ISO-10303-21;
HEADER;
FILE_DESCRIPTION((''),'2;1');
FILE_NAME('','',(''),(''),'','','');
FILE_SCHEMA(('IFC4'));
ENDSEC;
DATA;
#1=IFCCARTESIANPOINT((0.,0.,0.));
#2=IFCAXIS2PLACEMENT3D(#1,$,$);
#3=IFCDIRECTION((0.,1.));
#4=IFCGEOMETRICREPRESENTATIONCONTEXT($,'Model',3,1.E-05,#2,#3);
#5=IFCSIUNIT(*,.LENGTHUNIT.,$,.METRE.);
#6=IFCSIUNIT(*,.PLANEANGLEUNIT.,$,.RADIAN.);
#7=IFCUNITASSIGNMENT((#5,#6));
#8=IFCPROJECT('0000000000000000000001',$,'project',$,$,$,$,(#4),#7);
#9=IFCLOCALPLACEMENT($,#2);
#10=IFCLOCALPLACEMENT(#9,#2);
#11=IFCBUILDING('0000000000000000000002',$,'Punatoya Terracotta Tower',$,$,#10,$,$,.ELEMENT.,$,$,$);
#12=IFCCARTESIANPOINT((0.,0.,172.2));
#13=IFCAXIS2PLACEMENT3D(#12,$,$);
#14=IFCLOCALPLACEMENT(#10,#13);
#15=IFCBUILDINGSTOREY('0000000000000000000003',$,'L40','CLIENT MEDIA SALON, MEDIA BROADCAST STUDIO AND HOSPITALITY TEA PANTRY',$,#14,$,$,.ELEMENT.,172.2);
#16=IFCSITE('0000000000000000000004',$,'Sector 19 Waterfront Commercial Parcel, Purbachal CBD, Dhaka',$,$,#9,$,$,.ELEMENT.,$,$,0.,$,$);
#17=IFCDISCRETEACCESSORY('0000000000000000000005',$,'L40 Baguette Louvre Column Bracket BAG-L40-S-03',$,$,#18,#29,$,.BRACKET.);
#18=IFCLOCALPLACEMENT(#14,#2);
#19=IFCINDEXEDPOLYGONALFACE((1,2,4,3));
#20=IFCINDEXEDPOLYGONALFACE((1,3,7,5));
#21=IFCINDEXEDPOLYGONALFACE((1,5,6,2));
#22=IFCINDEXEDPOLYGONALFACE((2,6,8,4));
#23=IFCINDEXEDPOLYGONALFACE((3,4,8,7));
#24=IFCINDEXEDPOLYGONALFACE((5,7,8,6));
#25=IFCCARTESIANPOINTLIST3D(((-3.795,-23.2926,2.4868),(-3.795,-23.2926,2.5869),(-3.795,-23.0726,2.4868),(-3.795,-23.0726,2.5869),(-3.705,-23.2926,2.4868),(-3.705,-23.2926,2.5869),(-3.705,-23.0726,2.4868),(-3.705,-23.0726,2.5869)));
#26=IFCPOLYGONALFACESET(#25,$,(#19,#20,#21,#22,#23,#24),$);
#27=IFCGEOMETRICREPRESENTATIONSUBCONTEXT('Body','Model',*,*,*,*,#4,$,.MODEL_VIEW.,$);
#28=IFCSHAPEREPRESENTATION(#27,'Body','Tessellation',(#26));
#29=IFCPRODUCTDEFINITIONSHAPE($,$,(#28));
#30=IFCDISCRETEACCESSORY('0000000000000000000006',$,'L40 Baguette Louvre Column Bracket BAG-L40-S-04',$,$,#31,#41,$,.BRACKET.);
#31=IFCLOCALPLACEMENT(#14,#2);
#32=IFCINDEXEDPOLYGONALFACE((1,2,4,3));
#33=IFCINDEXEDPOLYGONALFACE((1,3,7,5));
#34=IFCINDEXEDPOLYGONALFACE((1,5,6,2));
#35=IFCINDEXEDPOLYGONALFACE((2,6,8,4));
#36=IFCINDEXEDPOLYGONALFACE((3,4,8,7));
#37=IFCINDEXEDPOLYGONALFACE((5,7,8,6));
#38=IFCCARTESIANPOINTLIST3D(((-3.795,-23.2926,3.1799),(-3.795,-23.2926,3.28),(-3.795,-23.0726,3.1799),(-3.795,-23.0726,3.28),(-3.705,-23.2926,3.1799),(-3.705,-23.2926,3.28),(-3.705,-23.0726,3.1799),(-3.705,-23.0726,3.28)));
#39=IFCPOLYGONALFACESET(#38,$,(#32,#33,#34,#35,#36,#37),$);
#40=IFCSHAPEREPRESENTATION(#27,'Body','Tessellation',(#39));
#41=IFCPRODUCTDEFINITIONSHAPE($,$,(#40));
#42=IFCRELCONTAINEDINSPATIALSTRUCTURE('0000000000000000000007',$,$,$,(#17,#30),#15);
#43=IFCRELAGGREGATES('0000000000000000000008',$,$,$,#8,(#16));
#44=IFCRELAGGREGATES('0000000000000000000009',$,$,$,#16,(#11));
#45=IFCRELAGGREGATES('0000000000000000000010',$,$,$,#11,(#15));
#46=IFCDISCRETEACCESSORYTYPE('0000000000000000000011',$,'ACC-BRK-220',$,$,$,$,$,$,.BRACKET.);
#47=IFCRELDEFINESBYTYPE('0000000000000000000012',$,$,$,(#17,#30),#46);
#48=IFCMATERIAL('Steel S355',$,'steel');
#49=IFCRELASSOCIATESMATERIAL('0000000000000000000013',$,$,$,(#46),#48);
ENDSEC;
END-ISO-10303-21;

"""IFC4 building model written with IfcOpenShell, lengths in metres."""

from ifc_helpers import new_model, si_unit, direction, frame, origin, origin_2d, place, context, subcontext, project, spatial, rectangle, extrude, material, type_object, element, save


model = new_model("IFC4")

# Units and contexts
model_context = context("Model", 3, precision=1e-05, world=origin(), true_north=direction((0.0, 1.0)))
body_context = subcontext(model_context, "Body", "Model", "MODEL_VIEW")
ifc_project = project(units=[si_unit("LENGTHUNIT", "METRE"), si_unit("PLANEANGLEUNIT", "RADIAN")], contexts=[model_context])

# Site, building, storey
site_placement = place(None, origin())
site = spatial("IfcSite", under=ifc_project, at=site_placement, Name="Sector 19 Waterfront Commercial Parcel, Purbachal CBD, Dhaka", CompositionType="ELEMENT", RefElevation=0.0)
building_placement = place(site_placement, origin())
building = spatial("IfcBuilding", under=site, at=building_placement, Name="Punatoya Terracotta Tower", CompositionType="ELEMENT")
storey_placement = place(building_placement, frame((0.0, 0.0, 172.2)))
storey = spatial("IfcBuildingStorey", under=building, at=storey_placement, Name="L40", Description="CLIENT MEDIA SALON, MEDIA BROADCAST STUDIO AND HOSPITALITY TEA PANTRY", CompositionType="ELEMENT", Elevation=172.2)

# Shared definitions
ifc_material_1 = material(Name="Steel S355", Category="steel")

# Discrete accessories
discrete_accessory_type = type_object("IfcDiscreteAccessoryType", Name="ACC-BRK-220", PredefinedType="BRACKET", material=ifc_material_1)
for number, where, z_axis, x_axis, name in (
    (1, (-3.75, -23.1826, 2.4868), (0.0, 0.0, 1.0), (1.0, 0.0, 0.0), "L40 Baguette Louvre Column Bracket BAG-L40-S-03"),
    (2, (-3.75, -23.1826, 3.1799), (0.0, 0.0, 1.0), (1.0, 0.0, 0.0), "L40 Baguette Louvre Column Bracket BAG-L40-S-04"),
):
    element("IfcDiscreteAccessory", number, at=place(storey_placement, frame(where, z_axis=z_axis, x_axis=x_axis)), inside=storey, type_object=discrete_accessory_type, Name=name, PredefinedType="BRACKET", context=body_context, shape_type="SweptSolid", body=[
        extrude(rectangle(XDim=0.0901, YDim=0.22, at=origin_2d()), origin(), (0.0, 0.0, 1.0), 0.1001),
    ])

save(model, "model.ifc")
